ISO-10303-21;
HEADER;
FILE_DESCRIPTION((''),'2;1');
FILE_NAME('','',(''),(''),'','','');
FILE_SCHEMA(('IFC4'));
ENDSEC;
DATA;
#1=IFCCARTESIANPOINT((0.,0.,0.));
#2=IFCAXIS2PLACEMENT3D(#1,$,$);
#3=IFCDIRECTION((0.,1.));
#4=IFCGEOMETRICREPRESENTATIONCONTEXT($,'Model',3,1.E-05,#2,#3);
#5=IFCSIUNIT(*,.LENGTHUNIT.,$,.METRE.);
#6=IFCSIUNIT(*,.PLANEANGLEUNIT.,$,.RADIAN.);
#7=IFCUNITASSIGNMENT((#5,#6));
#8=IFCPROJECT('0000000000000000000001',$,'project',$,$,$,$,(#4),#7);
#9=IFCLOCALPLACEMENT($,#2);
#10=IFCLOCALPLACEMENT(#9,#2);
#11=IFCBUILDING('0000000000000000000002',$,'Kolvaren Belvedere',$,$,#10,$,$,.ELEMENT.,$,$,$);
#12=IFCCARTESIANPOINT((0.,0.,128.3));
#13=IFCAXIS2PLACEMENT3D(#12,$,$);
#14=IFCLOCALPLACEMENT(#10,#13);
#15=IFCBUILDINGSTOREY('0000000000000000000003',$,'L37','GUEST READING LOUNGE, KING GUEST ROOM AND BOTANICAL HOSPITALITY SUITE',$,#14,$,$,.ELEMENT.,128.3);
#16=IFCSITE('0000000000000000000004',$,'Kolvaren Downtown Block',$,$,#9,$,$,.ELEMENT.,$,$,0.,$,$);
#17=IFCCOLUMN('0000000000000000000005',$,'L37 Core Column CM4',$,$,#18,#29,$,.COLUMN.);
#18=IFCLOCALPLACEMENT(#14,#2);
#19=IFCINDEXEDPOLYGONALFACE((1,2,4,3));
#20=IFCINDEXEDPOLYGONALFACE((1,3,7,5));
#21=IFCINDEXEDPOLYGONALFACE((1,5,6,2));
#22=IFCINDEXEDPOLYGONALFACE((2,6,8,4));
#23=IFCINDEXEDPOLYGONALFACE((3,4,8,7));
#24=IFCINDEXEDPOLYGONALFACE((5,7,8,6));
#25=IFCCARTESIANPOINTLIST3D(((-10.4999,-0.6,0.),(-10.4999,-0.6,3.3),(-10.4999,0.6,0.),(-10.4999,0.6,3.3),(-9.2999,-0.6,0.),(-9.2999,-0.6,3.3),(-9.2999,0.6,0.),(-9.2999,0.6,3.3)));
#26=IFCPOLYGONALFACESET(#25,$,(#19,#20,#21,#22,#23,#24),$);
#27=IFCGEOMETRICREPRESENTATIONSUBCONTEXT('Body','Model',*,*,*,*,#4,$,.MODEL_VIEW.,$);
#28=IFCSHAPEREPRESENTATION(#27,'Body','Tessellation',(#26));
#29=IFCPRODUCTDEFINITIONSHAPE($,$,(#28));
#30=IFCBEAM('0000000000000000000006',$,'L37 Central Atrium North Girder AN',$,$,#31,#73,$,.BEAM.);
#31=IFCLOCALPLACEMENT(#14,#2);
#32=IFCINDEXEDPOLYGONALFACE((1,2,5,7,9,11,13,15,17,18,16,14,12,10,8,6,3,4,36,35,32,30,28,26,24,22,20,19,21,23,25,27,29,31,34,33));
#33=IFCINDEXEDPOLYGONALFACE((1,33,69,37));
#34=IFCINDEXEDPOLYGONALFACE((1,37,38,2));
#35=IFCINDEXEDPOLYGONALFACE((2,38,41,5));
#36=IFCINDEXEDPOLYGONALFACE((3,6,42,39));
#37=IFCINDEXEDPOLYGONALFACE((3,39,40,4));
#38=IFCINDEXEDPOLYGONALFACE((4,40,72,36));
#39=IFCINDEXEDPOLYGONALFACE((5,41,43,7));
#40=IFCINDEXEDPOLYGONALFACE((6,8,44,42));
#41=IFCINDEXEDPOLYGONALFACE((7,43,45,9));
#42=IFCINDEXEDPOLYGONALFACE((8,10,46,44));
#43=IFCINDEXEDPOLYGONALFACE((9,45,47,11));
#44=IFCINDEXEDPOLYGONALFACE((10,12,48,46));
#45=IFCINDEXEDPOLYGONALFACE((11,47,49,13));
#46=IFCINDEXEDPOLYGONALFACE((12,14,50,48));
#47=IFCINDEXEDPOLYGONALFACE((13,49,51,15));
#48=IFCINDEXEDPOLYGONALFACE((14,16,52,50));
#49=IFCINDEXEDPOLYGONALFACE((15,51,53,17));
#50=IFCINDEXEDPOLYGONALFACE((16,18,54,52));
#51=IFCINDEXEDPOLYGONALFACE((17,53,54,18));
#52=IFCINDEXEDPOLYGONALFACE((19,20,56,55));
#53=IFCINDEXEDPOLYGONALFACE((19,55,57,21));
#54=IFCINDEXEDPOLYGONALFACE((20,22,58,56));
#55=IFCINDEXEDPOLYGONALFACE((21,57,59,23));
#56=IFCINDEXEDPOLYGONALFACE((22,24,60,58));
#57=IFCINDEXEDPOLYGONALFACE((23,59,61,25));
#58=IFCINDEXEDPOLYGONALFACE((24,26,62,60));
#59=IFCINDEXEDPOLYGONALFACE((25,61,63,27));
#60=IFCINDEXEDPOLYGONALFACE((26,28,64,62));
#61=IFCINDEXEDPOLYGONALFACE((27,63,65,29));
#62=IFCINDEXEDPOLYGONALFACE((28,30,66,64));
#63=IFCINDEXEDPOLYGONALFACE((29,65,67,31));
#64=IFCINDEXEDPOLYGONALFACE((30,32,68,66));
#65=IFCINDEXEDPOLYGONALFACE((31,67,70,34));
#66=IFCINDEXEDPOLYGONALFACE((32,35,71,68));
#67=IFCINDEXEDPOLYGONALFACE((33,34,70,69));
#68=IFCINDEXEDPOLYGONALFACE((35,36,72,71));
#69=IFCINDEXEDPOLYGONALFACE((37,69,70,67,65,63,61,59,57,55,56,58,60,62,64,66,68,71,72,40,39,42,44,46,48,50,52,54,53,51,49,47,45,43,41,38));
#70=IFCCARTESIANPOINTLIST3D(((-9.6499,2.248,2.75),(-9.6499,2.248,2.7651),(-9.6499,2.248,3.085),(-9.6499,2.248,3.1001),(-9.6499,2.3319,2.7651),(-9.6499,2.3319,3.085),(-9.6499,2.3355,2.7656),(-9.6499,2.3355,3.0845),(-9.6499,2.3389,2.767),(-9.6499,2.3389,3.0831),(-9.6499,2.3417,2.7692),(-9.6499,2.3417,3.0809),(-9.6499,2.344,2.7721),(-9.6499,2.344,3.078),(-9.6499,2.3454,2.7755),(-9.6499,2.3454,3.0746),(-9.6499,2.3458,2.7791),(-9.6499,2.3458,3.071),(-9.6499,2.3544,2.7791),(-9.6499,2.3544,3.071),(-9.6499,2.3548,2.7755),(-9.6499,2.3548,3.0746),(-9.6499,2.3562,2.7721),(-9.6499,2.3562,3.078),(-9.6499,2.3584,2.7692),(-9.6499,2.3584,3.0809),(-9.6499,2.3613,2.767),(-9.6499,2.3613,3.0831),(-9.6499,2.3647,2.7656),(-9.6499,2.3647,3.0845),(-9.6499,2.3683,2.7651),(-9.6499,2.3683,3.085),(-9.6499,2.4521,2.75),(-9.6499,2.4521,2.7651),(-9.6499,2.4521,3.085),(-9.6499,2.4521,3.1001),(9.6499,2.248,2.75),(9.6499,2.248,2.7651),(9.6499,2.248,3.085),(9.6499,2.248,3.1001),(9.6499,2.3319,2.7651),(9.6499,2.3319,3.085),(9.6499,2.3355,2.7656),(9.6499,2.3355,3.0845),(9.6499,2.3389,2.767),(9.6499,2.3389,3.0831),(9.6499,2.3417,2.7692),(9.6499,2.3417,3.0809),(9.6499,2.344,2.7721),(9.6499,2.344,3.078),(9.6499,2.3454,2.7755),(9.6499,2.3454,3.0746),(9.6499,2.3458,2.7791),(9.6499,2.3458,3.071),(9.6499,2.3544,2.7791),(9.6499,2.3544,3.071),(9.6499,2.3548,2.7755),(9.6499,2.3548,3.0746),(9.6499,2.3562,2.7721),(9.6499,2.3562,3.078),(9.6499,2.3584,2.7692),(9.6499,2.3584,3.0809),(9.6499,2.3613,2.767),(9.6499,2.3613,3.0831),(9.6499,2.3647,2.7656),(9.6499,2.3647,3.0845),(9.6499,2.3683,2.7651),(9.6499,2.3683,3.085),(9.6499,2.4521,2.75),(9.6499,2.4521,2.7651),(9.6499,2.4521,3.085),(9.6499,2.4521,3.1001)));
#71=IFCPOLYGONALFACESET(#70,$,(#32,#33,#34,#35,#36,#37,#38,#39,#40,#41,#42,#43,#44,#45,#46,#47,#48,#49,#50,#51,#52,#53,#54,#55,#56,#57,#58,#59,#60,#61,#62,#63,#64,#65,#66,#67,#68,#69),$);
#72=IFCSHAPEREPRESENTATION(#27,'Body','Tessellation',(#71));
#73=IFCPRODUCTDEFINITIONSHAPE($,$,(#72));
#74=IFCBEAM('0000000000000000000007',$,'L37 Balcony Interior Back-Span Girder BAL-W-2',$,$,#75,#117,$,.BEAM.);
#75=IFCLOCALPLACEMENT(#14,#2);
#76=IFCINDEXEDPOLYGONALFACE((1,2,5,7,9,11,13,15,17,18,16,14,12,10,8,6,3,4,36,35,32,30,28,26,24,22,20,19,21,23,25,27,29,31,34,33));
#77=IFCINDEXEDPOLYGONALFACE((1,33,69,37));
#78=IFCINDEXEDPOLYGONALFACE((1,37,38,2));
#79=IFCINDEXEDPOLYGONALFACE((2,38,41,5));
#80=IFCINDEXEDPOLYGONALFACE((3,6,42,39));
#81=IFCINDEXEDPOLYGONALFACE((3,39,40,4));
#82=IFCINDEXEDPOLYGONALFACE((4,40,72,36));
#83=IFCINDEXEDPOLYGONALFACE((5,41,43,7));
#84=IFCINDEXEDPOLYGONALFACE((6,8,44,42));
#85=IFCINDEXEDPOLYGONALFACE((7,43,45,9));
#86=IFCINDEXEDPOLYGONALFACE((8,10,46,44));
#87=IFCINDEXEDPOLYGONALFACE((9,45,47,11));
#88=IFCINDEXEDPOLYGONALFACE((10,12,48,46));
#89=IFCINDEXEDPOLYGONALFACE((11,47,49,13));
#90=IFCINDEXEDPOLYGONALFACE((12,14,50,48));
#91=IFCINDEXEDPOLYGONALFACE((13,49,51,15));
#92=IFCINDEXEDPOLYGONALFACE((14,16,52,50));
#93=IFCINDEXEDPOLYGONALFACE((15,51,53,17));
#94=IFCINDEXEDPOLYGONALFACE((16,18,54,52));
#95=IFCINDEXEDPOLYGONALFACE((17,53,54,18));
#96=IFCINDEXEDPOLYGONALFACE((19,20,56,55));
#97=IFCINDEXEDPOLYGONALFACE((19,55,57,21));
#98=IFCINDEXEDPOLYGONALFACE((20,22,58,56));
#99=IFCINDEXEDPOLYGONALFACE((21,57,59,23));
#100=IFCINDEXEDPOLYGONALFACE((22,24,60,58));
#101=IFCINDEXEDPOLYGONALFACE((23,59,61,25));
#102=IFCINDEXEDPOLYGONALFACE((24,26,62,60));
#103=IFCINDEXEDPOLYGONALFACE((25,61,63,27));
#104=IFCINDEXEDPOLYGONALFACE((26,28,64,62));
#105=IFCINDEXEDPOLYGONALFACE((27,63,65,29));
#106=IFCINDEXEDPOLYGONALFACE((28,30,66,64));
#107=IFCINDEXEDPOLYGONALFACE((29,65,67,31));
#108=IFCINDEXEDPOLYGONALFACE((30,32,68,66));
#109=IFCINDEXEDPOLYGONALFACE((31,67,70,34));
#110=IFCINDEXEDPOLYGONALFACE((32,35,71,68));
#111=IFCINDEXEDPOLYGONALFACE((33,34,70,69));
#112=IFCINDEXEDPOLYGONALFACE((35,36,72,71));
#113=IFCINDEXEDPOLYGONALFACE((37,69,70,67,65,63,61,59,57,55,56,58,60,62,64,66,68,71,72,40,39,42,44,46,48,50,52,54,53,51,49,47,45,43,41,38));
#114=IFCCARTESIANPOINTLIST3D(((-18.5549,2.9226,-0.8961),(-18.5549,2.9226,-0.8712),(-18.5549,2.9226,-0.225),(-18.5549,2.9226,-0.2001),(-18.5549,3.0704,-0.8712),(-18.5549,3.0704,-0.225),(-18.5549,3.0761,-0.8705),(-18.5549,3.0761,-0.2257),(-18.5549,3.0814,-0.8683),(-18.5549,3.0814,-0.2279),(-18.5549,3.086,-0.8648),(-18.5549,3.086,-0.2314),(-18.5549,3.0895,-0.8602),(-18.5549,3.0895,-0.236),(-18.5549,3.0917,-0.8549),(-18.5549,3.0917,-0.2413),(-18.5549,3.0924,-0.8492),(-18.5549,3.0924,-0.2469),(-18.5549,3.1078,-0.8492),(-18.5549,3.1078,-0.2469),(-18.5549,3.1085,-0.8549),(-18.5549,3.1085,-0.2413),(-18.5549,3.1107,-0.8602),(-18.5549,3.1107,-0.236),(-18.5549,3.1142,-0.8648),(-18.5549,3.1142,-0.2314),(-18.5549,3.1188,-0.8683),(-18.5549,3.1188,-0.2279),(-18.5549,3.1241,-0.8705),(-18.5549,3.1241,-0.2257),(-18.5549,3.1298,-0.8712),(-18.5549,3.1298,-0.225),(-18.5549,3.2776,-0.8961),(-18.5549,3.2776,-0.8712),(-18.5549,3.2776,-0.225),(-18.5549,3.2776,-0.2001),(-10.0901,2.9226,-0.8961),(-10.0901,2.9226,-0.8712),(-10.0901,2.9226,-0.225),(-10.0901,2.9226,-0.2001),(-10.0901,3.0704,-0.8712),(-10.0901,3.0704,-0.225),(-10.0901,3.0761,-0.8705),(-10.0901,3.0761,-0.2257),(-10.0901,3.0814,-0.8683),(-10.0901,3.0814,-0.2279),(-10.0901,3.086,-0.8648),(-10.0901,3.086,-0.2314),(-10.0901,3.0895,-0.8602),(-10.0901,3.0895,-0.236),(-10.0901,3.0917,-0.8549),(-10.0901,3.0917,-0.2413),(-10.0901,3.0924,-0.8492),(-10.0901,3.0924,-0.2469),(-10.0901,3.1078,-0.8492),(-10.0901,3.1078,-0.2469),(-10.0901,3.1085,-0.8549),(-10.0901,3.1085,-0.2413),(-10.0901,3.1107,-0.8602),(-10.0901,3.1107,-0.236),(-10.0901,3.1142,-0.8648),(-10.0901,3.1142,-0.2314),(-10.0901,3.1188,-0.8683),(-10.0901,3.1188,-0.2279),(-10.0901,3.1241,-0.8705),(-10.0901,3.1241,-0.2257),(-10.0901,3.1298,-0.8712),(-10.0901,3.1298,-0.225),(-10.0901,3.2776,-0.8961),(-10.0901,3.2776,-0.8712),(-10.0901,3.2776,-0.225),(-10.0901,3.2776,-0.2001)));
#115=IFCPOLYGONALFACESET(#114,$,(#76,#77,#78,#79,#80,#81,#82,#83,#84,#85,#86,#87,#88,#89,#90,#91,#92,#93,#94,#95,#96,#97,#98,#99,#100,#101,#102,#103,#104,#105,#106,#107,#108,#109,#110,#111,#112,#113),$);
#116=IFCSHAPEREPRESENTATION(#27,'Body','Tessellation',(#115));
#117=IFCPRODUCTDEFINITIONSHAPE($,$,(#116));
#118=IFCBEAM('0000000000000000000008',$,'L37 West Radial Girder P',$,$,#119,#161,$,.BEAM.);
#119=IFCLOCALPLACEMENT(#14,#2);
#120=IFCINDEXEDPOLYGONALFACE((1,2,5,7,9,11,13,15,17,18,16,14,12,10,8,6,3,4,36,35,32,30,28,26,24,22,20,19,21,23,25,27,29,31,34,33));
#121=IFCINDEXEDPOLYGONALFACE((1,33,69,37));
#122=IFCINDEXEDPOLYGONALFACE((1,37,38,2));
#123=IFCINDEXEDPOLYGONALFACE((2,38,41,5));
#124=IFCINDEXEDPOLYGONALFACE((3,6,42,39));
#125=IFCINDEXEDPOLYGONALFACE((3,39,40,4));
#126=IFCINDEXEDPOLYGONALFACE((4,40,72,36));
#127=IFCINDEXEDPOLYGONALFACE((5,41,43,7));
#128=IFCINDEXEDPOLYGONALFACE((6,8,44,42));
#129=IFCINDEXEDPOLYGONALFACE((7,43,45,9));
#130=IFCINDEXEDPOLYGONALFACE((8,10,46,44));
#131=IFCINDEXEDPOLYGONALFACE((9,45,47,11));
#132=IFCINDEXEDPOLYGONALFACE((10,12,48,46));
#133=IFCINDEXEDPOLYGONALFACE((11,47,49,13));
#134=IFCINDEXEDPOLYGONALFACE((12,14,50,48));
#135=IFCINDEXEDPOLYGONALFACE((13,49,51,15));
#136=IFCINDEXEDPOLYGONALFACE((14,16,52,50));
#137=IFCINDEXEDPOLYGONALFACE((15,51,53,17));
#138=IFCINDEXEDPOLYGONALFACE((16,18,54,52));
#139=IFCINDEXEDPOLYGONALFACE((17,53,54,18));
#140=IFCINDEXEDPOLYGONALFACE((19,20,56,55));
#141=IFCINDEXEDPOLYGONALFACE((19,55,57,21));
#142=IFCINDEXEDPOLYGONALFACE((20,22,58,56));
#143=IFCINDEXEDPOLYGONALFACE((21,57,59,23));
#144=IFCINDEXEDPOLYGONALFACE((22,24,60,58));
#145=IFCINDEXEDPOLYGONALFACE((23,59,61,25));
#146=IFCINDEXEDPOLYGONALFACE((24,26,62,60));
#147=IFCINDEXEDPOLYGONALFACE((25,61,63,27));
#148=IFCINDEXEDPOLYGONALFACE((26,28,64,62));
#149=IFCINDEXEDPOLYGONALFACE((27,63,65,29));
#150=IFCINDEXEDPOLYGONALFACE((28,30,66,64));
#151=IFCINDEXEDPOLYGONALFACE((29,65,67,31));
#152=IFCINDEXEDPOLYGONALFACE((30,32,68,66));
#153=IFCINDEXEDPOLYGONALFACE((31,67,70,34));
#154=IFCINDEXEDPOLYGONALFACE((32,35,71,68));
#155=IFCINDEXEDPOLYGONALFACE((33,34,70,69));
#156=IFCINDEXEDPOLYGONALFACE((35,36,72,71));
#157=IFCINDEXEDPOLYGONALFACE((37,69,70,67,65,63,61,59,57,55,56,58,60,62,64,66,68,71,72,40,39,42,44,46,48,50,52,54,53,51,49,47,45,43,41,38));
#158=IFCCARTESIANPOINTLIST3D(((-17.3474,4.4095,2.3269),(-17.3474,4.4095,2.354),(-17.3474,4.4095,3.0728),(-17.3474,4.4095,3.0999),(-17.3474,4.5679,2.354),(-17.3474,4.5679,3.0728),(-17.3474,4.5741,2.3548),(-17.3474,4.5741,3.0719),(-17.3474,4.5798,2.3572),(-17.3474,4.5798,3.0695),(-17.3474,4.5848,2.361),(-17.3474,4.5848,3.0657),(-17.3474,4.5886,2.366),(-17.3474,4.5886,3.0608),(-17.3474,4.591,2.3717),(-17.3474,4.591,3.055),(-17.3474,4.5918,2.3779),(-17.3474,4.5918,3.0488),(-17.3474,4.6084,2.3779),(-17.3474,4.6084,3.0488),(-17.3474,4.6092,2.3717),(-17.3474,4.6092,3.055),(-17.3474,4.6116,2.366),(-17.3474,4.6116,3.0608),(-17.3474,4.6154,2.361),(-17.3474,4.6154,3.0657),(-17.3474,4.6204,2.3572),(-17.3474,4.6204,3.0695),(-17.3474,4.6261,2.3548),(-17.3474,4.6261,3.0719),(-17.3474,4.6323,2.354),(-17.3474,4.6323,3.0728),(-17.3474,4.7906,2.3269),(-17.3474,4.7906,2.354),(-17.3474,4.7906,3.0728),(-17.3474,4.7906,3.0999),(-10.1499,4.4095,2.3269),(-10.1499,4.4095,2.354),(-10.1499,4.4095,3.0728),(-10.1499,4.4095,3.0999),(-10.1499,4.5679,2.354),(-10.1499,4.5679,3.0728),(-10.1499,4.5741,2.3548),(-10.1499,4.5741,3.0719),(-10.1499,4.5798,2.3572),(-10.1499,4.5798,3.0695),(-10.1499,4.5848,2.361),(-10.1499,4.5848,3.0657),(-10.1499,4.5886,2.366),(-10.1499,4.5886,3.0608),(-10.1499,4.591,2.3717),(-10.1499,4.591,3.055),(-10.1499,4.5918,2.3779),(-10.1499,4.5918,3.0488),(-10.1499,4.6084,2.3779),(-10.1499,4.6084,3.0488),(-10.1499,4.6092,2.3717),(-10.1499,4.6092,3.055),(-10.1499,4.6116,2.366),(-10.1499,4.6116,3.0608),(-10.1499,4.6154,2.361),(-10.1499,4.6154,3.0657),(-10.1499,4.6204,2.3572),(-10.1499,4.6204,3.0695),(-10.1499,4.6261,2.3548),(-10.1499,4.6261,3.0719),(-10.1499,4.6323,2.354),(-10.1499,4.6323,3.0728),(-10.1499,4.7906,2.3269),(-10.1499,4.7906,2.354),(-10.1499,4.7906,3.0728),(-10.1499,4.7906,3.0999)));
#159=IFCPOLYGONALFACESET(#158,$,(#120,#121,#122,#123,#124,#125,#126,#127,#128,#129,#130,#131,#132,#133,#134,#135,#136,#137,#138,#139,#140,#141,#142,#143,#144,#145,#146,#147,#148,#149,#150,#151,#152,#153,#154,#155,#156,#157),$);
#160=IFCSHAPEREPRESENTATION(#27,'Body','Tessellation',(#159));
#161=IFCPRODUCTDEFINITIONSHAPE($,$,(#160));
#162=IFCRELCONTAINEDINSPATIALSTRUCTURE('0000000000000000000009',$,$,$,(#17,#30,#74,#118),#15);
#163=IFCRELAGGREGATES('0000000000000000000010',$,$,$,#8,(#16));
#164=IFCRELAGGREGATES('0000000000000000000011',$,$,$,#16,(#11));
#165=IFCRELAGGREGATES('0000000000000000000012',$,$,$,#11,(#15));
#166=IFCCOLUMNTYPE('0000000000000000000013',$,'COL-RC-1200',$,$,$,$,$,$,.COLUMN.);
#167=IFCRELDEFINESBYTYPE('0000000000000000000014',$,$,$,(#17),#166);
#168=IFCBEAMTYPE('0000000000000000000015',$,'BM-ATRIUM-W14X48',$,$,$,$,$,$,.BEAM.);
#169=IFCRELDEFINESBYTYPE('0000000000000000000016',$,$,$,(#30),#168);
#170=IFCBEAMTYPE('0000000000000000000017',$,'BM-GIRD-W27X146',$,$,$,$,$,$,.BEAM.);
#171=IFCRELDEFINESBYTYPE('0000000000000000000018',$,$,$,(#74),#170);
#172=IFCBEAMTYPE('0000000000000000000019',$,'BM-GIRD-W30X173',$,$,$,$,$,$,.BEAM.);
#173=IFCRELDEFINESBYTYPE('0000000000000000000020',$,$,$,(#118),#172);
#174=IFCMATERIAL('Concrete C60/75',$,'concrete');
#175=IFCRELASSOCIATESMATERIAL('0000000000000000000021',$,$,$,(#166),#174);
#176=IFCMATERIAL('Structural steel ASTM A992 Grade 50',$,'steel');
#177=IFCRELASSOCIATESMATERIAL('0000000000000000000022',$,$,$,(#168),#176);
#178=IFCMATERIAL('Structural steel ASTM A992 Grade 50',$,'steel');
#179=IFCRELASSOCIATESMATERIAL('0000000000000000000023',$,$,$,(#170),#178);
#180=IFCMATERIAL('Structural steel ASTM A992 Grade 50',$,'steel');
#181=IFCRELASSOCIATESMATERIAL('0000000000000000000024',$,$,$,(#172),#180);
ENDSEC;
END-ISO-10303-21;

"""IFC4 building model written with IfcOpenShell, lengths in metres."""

from ifc_helpers import new_model, si_unit, direction, frame, origin, origin_2d, place, context, subcontext, project, spatial, rectangle, i_section, extrude, material, material_profile, profile_set, type_object, element, save


model = new_model("IFC4")

# Units and contexts
model_context = context("Model", 3, precision=1e-05, world=origin(), true_north=direction((0.0, 1.0)))
body_context = subcontext(model_context, "Body", "Model", "MODEL_VIEW")
ifc_project = project(units=[si_unit("LENGTHUNIT", "METRE"), si_unit("PLANEANGLEUNIT", "RADIAN")], contexts=[model_context])

# Site, building, storey
site_placement = place(None, origin())
site = spatial("IfcSite", under=ifc_project, at=site_placement, Name="Kolvaren Downtown Block", CompositionType="ELEMENT", RefElevation=0.0)
building_placement = place(site_placement, origin())
building = spatial("IfcBuilding", under=site, at=building_placement, Name="Kolvaren Belvedere", CompositionType="ELEMENT")
storey_placement = place(building_placement, frame((0.0, 0.0, 128.3)))
storey = spatial("IfcBuildingStorey", under=building, at=storey_placement, Name="L37", Description="GUEST READING LOUNGE, KING GUEST ROOM AND BOTANICAL HOSPITALITY SUITE", CompositionType="ELEMENT", Elevation=128.3)

# Column
ifc_material_1 = material(Name="Concrete C60/75", Category="concrete")
ifc_material_profile_1 = material_profile(ifc_material_1, rectangle(XDim=1.2, YDim=1.2, at=origin_2d()), Name="RC 1200X1200")
ifc_profile_set_1 = profile_set([ifc_material_profile_1], Name="Concrete C60/75")
column_type = type_object("IfcColumnType", Name="COL-RC-1200", PredefinedType="COLUMN", material=ifc_profile_set_1)
column_placement = place(storey_placement, frame((-9.8999, 0.0, 0.0), z_axis=(0.0, 0.0, 1.0), x_axis=(1.0, 0.0, 0.0)))
element("IfcColumn", 1, at=column_placement, inside=storey, type_object=column_type, Name="L37 Core Column CM4", PredefinedType="COLUMN", context=body_context, shape_type="SweptSolid", body=[
    extrude(rectangle(XDim=1.2, YDim=1.2, at=origin_2d()), origin(), (0.0, 0.0, 1.0), 3.3),
])

# Beams
ifc_material_2 = material(Name="Structural steel ASTM A992 Grade 50", Category="steel")
ifc_material_profile_2 = material_profile(ifc_material_2, i_section(OverallWidth=0.2041, OverallDepth=0.3501, WebThickness=0.0085, FlangeThickness=0.0151, FilletRadius=0.0139, at=origin_2d()), Name="W14X48")
ifc_profile_set_2 = profile_set([ifc_material_profile_2], Name="Structural steel ASTM A992 Grade 50")
beam_type_1 = type_object("IfcBeamType", Name="BM-ATRIUM-W14X48", PredefinedType="BEAM", material=ifc_profile_set_2)
beam_1_placement = place(storey_placement, frame((-9.6499, 2.3501, 2.925), z_axis=(1.0, 0.0, 0.0), x_axis=(0.0, 1.0, 0.0)))
element("IfcBeam", 2, at=beam_1_placement, inside=storey, type_object=beam_type_1, Name="L37 Central Atrium North Girder AN", PredefinedType="BEAM", context=body_context, shape_type="SweptSolid", body=[
    extrude(i_section(OverallWidth=0.2041, OverallDepth=0.3501, WebThickness=0.0085, FlangeThickness=0.0151, FilletRadius=0.0139, at=origin_2d()), origin(), (0.0, 0.0, 1.0), 19.2998),
])
ifc_material_3 = material(Name="Structural steel ASTM A992 Grade 50", Category="steel")
ifc_material_profile_3 = material_profile(ifc_material_3, i_section(OverallWidth=0.355, OverallDepth=0.696, WebThickness=0.0154, FlangeThickness=0.0249, FilletRadius=0.022, at=origin_2d()), Name="W27X146")
ifc_profile_set_3 = profile_set([ifc_material_profile_3], Name="Structural steel ASTM A992 Grade 50")
beam_type_2 = type_object("IfcBeamType", Name="BM-GIRD-W27X146", PredefinedType="BEAM", material=ifc_profile_set_3)
beam_2_placement = place(storey_placement, frame((-10.0901, 3.1001, -0.5481), z_axis=(-1.0, 0.0, 0.0), x_axis=(0.0, -1.0, 0.0)))
element("IfcBeam", 3, at=beam_2_placement, inside=storey, type_object=beam_type_2, Name="L37 Balcony Interior Back-Span Girder BAL-W-2", PredefinedType="BEAM", context=body_context, shape_type="SweptSolid", body=[
    extrude(i_section(OverallWidth=0.355, OverallDepth=0.696, WebThickness=0.0154, FlangeThickness=0.0249, FilletRadius=0.022, at=origin_2d()), origin(), (0.0, 0.0, 1.0), 8.4648),
])
ifc_material_4 = material(Name="Structural steel ASTM A992 Grade 50", Category="steel")
ifc_material_profile_4 = material_profile(ifc_material_4, i_section(OverallWidth=0.3811, OverallDepth=0.7729, WebThickness=0.0166, FlangeThickness=0.0271, FilletRadius=0.0239, at=origin_2d()), Name="W30X173")
ifc_profile_set_4 = profile_set([ifc_material_profile_4], Name="Structural steel ASTM A992 Grade 50")
beam_type_3 = type_object("IfcBeamType", Name="BM-GIRD-W30X173", PredefinedType="BEAM", material=ifc_profile_set_4)
beam_3_placement = place(storey_placement, frame((-10.1499, 4.6001, 2.7134), z_axis=(-1.0, 0.0, 0.0), x_axis=(0.0, -1.0, 0.0)))
element("IfcBeam", 4, at=beam_3_placement, inside=storey, type_object=beam_type_3, Name="L37 West Radial Girder P", PredefinedType="BEAM", context=body_context, shape_type="SweptSolid", body=[
    extrude(i_section(OverallWidth=0.3811, OverallDepth=0.7729, WebThickness=0.0166, FlangeThickness=0.0271, FilletRadius=0.0239, at=origin_2d()), origin(), (0.0, 0.0, 1.0), 7.1975),
])

save(model, "model.ifc")
